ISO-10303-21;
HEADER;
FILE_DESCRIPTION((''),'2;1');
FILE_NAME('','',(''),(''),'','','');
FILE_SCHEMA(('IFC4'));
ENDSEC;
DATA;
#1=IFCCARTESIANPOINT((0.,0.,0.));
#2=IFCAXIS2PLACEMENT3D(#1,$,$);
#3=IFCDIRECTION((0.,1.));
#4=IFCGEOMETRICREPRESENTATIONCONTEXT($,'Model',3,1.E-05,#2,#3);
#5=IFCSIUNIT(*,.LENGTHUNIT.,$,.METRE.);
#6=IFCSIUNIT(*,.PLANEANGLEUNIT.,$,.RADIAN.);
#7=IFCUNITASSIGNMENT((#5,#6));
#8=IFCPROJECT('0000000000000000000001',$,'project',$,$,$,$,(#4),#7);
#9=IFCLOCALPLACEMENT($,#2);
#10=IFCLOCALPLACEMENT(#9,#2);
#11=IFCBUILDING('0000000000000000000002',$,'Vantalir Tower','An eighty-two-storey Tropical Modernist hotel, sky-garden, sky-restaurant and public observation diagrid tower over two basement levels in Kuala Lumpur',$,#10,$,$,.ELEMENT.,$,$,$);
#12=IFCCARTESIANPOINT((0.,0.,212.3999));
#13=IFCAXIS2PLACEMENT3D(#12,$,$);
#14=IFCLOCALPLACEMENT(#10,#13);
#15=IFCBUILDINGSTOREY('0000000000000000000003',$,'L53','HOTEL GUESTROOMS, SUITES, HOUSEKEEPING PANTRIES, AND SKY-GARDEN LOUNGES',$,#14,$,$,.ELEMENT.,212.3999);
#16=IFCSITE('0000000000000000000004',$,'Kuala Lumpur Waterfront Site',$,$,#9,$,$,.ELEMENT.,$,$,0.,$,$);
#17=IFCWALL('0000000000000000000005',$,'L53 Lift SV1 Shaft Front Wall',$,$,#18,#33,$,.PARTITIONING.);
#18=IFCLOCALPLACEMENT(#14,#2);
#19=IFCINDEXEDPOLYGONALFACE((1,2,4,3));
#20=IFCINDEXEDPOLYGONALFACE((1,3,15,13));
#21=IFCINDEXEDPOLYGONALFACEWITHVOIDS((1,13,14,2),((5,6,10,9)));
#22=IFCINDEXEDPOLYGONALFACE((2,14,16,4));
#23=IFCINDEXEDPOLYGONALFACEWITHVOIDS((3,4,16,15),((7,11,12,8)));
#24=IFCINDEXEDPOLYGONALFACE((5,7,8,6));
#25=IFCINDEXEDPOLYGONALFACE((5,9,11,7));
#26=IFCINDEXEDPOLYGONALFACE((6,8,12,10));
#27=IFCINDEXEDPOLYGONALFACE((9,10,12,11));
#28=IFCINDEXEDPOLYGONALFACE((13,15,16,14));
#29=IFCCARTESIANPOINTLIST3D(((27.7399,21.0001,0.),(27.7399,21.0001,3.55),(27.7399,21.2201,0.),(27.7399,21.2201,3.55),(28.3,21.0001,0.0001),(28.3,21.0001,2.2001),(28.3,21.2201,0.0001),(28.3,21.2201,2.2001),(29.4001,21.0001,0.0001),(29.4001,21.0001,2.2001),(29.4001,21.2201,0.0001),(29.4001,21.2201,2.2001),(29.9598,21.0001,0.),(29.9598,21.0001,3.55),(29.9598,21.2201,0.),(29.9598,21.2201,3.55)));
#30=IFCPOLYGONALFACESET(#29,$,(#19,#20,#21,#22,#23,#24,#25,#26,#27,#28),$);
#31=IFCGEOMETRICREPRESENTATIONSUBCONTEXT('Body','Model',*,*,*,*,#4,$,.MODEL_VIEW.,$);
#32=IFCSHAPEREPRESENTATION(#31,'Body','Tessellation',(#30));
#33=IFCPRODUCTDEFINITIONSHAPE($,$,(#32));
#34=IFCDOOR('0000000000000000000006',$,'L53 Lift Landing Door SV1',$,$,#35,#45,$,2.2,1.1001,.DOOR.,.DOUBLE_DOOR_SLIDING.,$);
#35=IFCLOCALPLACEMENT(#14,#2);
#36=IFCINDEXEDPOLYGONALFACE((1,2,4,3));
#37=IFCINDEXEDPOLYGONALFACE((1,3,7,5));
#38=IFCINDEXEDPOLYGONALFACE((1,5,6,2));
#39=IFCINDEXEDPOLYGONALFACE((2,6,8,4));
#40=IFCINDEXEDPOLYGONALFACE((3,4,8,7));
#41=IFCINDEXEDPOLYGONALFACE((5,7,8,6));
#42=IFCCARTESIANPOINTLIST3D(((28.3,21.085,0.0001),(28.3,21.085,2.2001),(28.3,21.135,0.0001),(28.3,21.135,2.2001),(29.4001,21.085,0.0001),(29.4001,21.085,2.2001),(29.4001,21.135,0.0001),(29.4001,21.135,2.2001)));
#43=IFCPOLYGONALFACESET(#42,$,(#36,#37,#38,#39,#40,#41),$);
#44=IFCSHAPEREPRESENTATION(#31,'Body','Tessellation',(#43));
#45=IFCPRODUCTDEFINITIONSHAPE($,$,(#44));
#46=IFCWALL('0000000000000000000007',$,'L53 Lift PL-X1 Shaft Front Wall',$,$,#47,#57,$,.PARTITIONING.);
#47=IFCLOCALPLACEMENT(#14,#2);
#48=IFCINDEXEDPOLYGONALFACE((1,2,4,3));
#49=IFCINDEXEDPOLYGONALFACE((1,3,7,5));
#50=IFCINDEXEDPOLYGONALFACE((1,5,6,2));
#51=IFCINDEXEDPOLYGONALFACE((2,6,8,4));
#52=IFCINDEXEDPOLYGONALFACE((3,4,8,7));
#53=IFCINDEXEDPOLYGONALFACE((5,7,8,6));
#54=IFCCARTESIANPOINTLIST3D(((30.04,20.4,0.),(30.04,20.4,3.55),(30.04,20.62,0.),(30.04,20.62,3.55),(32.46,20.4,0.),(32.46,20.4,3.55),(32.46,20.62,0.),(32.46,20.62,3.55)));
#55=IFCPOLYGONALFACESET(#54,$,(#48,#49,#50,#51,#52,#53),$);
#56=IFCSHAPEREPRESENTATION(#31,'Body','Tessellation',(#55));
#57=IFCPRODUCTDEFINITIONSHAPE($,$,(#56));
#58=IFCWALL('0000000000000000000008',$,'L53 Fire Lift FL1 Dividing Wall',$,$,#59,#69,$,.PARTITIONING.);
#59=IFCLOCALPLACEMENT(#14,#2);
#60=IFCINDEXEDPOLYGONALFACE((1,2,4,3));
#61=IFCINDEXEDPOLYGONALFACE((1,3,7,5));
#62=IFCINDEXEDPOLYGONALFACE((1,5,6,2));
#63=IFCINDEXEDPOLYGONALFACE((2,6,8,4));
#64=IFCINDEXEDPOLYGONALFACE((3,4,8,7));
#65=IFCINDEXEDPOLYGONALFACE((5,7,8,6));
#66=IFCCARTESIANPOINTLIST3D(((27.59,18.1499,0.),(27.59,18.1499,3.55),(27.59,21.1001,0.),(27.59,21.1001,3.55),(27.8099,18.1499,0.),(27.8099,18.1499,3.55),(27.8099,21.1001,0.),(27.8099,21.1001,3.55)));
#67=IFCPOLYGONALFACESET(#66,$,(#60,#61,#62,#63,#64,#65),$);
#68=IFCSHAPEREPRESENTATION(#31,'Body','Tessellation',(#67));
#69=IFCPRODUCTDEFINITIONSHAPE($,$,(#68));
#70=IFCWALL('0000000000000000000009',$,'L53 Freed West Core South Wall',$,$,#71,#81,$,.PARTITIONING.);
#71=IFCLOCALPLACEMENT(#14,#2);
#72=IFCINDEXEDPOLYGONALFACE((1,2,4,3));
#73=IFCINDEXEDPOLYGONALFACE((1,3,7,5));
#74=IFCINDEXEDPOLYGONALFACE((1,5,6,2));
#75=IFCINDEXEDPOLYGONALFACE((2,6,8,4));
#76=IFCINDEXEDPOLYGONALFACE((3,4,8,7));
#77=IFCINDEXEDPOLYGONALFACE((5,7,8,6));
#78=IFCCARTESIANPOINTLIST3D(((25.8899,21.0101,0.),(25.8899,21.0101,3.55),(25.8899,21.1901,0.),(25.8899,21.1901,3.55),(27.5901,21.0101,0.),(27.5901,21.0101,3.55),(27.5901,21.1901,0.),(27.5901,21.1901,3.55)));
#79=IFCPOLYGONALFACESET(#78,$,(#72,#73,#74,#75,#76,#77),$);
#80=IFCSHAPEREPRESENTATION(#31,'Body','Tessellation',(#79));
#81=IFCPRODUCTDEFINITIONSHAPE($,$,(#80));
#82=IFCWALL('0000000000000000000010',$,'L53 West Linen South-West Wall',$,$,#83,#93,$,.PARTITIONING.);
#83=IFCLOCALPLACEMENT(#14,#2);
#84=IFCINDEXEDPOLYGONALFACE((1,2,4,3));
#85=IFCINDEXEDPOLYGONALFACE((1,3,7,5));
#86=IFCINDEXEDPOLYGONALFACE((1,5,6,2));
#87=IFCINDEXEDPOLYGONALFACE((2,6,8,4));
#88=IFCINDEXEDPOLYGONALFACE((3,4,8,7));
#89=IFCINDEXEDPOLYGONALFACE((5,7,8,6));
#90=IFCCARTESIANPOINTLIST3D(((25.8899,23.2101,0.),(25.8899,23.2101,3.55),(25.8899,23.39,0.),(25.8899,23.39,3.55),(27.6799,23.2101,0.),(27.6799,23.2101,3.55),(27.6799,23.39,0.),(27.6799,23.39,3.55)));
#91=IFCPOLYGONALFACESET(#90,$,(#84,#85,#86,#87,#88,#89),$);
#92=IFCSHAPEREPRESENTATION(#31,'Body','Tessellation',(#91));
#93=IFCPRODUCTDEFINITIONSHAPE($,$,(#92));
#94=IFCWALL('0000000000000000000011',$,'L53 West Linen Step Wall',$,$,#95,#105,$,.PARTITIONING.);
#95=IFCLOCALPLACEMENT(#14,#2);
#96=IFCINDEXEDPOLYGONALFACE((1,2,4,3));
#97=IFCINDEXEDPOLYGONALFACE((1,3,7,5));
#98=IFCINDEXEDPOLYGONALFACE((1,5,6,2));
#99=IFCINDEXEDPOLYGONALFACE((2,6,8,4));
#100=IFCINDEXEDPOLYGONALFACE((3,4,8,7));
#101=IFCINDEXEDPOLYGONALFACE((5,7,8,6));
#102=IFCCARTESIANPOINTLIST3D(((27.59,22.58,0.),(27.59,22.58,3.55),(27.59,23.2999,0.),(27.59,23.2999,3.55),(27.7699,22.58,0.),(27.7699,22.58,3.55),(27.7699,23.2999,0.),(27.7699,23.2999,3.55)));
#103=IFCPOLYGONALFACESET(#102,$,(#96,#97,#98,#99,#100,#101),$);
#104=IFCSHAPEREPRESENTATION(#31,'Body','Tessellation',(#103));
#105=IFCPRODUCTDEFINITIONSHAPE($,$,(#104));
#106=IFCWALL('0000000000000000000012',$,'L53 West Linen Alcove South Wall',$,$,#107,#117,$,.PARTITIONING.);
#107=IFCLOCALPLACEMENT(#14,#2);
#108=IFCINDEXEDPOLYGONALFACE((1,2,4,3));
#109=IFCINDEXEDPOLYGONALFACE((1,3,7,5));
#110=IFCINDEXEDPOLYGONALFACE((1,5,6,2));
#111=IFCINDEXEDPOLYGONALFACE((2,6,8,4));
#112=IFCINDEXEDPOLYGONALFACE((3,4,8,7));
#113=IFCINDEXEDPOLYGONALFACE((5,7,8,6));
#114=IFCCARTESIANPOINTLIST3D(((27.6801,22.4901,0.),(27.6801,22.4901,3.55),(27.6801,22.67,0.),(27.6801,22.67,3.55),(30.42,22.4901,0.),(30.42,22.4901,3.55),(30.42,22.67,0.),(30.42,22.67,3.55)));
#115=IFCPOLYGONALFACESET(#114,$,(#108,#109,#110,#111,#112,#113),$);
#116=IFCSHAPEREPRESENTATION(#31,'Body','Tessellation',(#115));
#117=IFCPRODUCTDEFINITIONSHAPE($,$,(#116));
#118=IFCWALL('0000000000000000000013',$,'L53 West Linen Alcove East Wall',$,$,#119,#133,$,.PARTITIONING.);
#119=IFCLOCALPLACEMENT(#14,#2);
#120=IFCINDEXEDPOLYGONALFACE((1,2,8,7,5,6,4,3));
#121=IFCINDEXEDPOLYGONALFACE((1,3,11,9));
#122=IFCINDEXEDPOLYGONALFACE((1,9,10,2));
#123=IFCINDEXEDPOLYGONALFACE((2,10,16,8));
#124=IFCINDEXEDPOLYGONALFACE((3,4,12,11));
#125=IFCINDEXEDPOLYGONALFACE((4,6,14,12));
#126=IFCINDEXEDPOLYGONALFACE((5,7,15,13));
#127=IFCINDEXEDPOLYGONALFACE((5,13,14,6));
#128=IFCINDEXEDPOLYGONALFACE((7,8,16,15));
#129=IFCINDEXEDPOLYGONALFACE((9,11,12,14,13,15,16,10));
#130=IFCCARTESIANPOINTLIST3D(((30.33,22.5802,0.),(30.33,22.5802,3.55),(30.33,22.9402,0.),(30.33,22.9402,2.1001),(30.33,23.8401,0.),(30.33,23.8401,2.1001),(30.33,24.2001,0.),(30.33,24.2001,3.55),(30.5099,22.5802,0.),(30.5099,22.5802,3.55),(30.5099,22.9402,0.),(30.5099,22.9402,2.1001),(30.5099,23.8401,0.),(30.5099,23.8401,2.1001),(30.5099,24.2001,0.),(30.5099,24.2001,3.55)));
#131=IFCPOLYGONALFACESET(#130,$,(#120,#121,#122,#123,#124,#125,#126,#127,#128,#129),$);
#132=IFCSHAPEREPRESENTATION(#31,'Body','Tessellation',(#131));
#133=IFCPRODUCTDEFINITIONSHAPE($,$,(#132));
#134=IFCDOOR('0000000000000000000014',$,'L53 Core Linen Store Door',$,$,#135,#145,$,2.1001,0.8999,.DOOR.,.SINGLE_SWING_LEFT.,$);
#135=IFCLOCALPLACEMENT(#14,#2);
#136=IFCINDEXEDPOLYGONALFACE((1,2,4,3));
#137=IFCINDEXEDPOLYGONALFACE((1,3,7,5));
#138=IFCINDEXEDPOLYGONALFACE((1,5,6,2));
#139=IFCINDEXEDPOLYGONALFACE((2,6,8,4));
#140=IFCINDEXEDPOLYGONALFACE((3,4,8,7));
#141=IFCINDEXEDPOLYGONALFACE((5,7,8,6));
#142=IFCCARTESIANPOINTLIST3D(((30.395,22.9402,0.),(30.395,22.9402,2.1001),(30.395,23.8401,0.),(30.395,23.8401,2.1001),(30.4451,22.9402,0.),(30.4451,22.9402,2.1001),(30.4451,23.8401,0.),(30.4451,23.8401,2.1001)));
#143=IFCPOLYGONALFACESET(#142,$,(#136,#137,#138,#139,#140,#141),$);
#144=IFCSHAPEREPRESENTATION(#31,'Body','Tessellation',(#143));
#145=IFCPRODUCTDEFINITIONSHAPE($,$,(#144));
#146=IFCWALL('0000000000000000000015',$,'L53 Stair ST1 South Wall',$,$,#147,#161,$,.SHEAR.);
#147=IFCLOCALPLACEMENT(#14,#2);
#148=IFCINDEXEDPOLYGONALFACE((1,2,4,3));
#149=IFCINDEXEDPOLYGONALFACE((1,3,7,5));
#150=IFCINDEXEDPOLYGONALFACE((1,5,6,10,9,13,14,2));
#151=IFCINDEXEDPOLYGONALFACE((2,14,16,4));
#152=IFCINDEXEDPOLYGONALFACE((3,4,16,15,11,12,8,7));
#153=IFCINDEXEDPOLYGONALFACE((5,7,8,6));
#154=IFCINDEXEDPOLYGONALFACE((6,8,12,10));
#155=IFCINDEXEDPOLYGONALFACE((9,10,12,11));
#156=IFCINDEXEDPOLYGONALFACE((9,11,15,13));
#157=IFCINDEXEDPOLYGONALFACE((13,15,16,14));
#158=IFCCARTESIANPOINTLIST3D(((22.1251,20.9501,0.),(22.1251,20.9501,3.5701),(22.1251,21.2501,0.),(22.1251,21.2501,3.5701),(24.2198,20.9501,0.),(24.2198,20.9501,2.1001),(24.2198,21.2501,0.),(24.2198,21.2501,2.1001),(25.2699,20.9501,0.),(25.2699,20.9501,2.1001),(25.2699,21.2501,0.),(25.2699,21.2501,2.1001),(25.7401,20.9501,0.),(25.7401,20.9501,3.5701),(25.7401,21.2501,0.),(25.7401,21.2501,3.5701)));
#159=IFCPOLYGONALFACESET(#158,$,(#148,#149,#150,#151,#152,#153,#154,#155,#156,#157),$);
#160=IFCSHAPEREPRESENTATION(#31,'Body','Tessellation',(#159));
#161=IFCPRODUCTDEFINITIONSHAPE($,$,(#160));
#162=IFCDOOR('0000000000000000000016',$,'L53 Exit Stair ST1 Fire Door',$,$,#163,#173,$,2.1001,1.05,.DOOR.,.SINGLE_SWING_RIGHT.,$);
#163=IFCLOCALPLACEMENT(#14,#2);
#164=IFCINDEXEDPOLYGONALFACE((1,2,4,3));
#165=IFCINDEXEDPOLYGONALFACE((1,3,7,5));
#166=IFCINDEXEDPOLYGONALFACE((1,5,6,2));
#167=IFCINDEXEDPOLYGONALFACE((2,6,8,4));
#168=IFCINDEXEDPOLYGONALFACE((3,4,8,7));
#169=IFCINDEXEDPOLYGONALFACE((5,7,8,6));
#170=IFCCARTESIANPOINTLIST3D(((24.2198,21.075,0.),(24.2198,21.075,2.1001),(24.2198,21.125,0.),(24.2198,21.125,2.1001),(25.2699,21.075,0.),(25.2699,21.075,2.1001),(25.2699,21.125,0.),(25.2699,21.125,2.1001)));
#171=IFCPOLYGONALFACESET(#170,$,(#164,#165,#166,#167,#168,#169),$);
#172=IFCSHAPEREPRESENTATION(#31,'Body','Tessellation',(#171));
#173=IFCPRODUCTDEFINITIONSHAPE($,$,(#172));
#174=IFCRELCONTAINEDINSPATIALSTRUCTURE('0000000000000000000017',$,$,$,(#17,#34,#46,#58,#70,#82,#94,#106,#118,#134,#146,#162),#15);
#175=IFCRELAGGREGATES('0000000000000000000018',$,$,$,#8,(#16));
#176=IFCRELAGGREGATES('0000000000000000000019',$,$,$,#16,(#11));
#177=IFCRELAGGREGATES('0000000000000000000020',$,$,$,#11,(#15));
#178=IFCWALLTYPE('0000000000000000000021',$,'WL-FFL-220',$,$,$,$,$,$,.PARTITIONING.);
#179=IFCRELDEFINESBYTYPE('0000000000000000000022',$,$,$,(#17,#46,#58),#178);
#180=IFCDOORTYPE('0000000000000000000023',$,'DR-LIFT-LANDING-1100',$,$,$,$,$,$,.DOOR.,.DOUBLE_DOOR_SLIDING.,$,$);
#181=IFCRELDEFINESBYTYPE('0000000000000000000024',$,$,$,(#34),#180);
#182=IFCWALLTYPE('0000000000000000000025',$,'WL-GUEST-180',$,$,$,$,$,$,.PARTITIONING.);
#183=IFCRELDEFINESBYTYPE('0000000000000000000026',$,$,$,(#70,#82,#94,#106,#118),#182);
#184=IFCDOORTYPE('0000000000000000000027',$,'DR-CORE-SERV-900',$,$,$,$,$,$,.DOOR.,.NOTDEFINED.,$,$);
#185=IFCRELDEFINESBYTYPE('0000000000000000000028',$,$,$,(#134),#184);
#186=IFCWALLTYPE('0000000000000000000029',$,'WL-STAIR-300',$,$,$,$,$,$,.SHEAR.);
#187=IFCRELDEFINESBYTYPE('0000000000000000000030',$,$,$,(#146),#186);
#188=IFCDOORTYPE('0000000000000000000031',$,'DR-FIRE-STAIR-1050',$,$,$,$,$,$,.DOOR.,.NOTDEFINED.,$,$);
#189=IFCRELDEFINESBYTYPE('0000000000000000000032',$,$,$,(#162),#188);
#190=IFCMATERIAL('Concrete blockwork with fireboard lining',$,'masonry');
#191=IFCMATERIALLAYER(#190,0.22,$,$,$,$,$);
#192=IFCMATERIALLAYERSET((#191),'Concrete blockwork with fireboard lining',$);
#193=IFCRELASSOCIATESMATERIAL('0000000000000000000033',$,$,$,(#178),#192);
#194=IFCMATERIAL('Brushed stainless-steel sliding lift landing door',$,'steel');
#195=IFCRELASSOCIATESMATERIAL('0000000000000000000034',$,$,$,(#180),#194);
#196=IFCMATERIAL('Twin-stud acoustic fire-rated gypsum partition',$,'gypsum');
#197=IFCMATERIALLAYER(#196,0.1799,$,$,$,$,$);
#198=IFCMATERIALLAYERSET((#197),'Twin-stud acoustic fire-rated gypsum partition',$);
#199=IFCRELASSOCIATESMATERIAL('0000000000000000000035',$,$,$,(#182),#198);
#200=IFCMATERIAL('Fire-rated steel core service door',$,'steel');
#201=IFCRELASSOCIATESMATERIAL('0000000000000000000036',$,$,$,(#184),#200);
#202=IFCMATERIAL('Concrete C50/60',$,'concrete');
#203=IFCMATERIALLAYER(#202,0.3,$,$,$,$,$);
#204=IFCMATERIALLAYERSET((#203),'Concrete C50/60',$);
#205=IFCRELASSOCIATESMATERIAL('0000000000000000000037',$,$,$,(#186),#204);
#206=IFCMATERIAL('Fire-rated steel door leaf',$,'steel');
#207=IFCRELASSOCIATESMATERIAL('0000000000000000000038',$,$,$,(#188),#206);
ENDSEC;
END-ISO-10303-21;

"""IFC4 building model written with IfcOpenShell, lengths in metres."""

from ifc_helpers import new_model, si_unit, direction, frame, frame_2d, origin, place, context, subcontext, project, spatial, rectangle, extrude, material, layer, layer_set, type_object, element, fill, save


model = new_model("IFC4")

# Units and contexts
model_context = context("Model", 3, precision=1e-05, world=origin(), true_north=direction((0.0, 1.0)))
body_context = subcontext(model_context, "Body", "Model", "MODEL_VIEW")
ifc_project = project(units=[si_unit("LENGTHUNIT", "METRE"), si_unit("PLANEANGLEUNIT", "RADIAN")], contexts=[model_context])

# Site, building, storey
site_placement = place(None, origin())
site = spatial("IfcSite", under=ifc_project, at=site_placement, Name="Kuala Lumpur Waterfront Site", CompositionType="ELEMENT", RefElevation=0.0)
building_placement = place(site_placement, origin())
building = spatial("IfcBuilding", under=site, at=building_placement, Name="Vantalir Tower", Description="An eighty-two-storey Tropical Modernist hotel, sky-garden, sky-restaurant and public observation diagrid tower over two basement levels in Kuala Lumpur", CompositionType="ELEMENT")
storey_placement = place(building_placement, frame((0.0, 0.0, 212.3999)))
storey = spatial("IfcBuildingStorey", under=building, at=storey_placement, Name="L53", Description="HOTEL GUESTROOMS, SUITES, HOUSEKEEPING PANTRIES, AND SKY-GARDEN LOUNGES", CompositionType="ELEMENT", Elevation=212.3999)

# Shared definitions
ifc_material_1 = material(Name="Concrete C50/60", Category="concrete")

# Shared definitions
ifc_material_2 = material(Name="Concrete blockwork with fireboard lining", Category="masonry")
ifc_layer_1 = layer(ifc_material_2, 0.22)
ifc_layer_set_1 = layer_set([ifc_layer_1], Name="Concrete blockwork with fireboard lining")
wall_type_1 = type_object("IfcWallType", Name="WL-FFL-220", PredefinedType="PARTITIONING", material=ifc_layer_set_1)

# Wall, opening, door
ifc_material_3 = material(Name="Brushed stainless-steel sliding lift landing door", Category="steel")
door_type_1 = type_object("IfcDoorType", Name="DR-LIFT-LANDING-1100", OperationType="DOUBLE_DOOR_SLIDING", PredefinedType="DOOR", material=ifc_material_3)
wall_1_placement = place(storey_placement, frame((27.74, 21.1101, 0.0), z_axis=(0.0, 0.0, 1.0), x_axis=(1.0, 0.0, 0.0)))
wall_1 = element("IfcWall", 1, at=wall_1_placement, inside=storey, type_object=wall_type_1, Name="L53 Lift SV1 Shaft Front Wall", PredefinedType="PARTITIONING", context=body_context, shape_type="SweptSolid", body=[
    extrude(rectangle(XDim=2.22, YDim=0.22, at=frame_2d((1.1099, 0.0))), origin(), (0.0, 0.0, 1.0), 3.55),
])
opening_1_placement = place(wall_1_placement, frame((0.5601, 0.0, 0.0)))
opening_1 = element("IfcOpeningElement", 2, at=opening_1_placement, cuts=wall_1, PredefinedType="OPENING", context=body_context, shape_type="SweptSolid", body=[
    extrude(rectangle(XDim=1.1001, YDim=2.2, at=frame_2d((0.55, 1.1001))), frame((0.0, 0.1199, 0.0), z_axis=(0.0, -1.0, 0.0), x_axis=(1.0, 0.0, 0.0)), (0.0, 0.0, 1.0), 0.24),
])
door_1_placement = place(opening_1_placement, origin())
door_1 = element("IfcDoor", 3, at=door_1_placement, inside=storey, type_object=door_type_1, Name="L53 Lift Landing Door SV1", OperationType="DOUBLE_DOOR_SLIDING", OverallHeight=2.2, OverallWidth=1.1001, PredefinedType="DOOR", context=body_context, shape_type="SweptSolid", body=[
    extrude(rectangle(XDim=1.1001, YDim=2.2, at=frame_2d((0.55, 1.1001))), frame((0.0, 0.0249, 0.0), z_axis=(0.0, -1.0, 0.0), x_axis=(1.0, 0.0, 0.0)), (0.0, 0.0, 1.0), 0.05),
])
fill(opening_1, door_1)

# Walls
wall_2_placement = place(storey_placement, frame((30.04, 20.51, 0.0), z_axis=(0.0, 0.0, 1.0), x_axis=(1.0, 0.0, 0.0)))
element("IfcWall", 4, at=wall_2_placement, inside=storey, type_object=wall_type_1, Name="L53 Lift PL-X1 Shaft Front Wall", PredefinedType="PARTITIONING", context=body_context, shape_type="SweptSolid", body=[
    extrude(rectangle(XDim=2.4199, YDim=0.22, at=frame_2d((1.21, 0.0))), origin(), (0.0, 0.0, 1.0), 3.55),
])
wall_3_placement = place(storey_placement, frame((27.7, 18.1499, 0.0), z_axis=(0.0, 0.0, 1.0), x_axis=(0.0, 1.0, 0.0)))
element("IfcWall", 5, at=wall_3_placement, inside=storey, type_object=wall_type_1, Name="L53 Fire Lift FL1 Dividing Wall", PredefinedType="PARTITIONING", context=body_context, shape_type="SweptSolid", body=[
    extrude(rectangle(XDim=2.9502, YDim=0.22, at=frame_2d((1.4751, 0.0))), origin(), (0.0, 0.0, 1.0), 3.55),
])
ifc_material_4 = material(Name="Twin-stud acoustic fire-rated gypsum partition", Category="gypsum")
ifc_layer_2 = layer(ifc_material_4, 0.1799)
ifc_layer_set_2 = layer_set([ifc_layer_2], Name="Twin-stud acoustic fire-rated gypsum partition")
wall_type_2 = type_object("IfcWallType", Name="WL-GUEST-180", PredefinedType="PARTITIONING", material=ifc_layer_set_2)
wall_4_placement = place(storey_placement, frame((25.8899, 21.1001, 0.0), z_axis=(0.0, 0.0, 1.0), x_axis=(1.0, 0.0, 0.0)))
element("IfcWall", 6, at=wall_4_placement, inside=storey, type_object=wall_type_2, Name="L53 Freed West Core South Wall", PredefinedType="PARTITIONING", context=body_context, shape_type="SweptSolid", body=[
    extrude(rectangle(XDim=1.7002, YDim=0.1799, at=frame_2d((0.8501, 0.0))), origin(), (0.0, 0.0, 1.0), 3.55),
])
wall_5_placement = place(storey_placement, frame((25.8899, 23.3, 0.0), z_axis=(0.0, 0.0, 1.0), x_axis=(1.0, 0.0, 0.0)))
element("IfcWall", 7, at=wall_5_placement, inside=storey, type_object=wall_type_2, Name="L53 West Linen South-West Wall", PredefinedType="PARTITIONING", context=body_context, shape_type="SweptSolid", body=[
    extrude(rectangle(XDim=1.79, YDim=0.1799, at=frame_2d((0.895, 0.0))), origin(), (0.0, 0.0, 1.0), 3.55),
])
wall_6_placement = place(storey_placement, frame((27.6799, 22.5801, 0.0), z_axis=(0.0, 0.0, 1.0), x_axis=(0.0, 1.0, 0.0)))
element("IfcWall", 8, at=wall_6_placement, inside=storey, type_object=wall_type_2, Name="L53 West Linen Step Wall", PredefinedType="PARTITIONING", context=body_context, shape_type="SweptSolid", body=[
    extrude(rectangle(XDim=0.72, YDim=0.1799, at=frame_2d((0.3599, 0.0))), origin(), (0.0, 0.0, 1.0), 3.55),
])
wall_7_placement = place(storey_placement, frame((27.6799, 22.5801, 0.0), z_axis=(0.0, 0.0, 1.0), x_axis=(1.0, 0.0, 0.0)))
element("IfcWall", 9, at=wall_7_placement, inside=storey, type_object=wall_type_2, Name="L53 West Linen Alcove South Wall", PredefinedType="PARTITIONING", context=body_context, shape_type="SweptSolid", body=[
    extrude(rectangle(XDim=2.74, YDim=0.1799, at=frame_2d((1.3701, 0.0))), origin(), (0.0, 0.0, 1.0), 3.55),
])

# Walls, openings, doors
wall_8_placement = place(storey_placement, frame((30.4199, 22.5801, 0.0), z_axis=(0.0, 0.0, 1.0), x_axis=(0.0, 1.0, 0.0)))
wall_8 = element("IfcWall", 10, at=wall_8_placement, inside=storey, type_object=wall_type_2, Name="L53 West Linen Alcove East Wall", PredefinedType="PARTITIONING", context=body_context, shape_type="SweptSolid", body=[
    extrude(rectangle(XDim=1.6199, YDim=0.1799, at=frame_2d((0.8101, 0.0))), origin(), (0.0, 0.0, 1.0), 3.55),
])
opening_2_placement = place(wall_8_placement, frame((0.3601, 0.0, 0.0)))
opening_2 = element("IfcOpeningElement", 11, at=opening_2_placement, cuts=wall_8, PredefinedType="OPENING", context=body_context, shape_type="SweptSolid", body=[
    extrude(rectangle(XDim=0.8999, YDim=2.1001, at=frame_2d((0.45, 1.05))), frame((0.0, 0.0999, 0.0), z_axis=(0.0, -1.0, 0.0), x_axis=(1.0, 0.0, 0.0)), (0.0, 0.0, 1.0), 0.2),
])
ifc_material_5 = material(Name="Fire-rated steel core service door", Category="steel")
door_type_2 = type_object("IfcDoorType", Name="DR-CORE-SERV-900", OperationType="NOTDEFINED", PredefinedType="DOOR", material=ifc_material_5)
door_2_placement = place(opening_2_placement, origin())
door_2 = element("IfcDoor", 12, at=door_2_placement, inside=storey, type_object=door_type_2, Name="L53 Core Linen Store Door", OperationType="SINGLE_SWING_LEFT", OverallHeight=2.1001, OverallWidth=0.8999, PredefinedType="DOOR", context=body_context, shape_type="SweptSolid", body=[
    extrude(rectangle(XDim=0.8999, YDim=2.1001, at=frame_2d((0.45, 1.05))), frame((0.0, 0.0249, 0.0), z_axis=(0.0, -1.0, 0.0), x_axis=(1.0, 0.0, 0.0)), (0.0, 0.0, 1.0), 0.05),
])
fill(opening_2, door_2)
ifc_layer_3 = layer(ifc_material_1, 0.3)
ifc_layer_set_3 = layer_set([ifc_layer_3], Name="Concrete C50/60")
wall_type_3 = type_object("IfcWallType", Name="WL-STAIR-300", PredefinedType="SHEAR", material=ifc_layer_set_3)
wall_9_placement = place(storey_placement, frame((22.125, 21.1001, 0.0), z_axis=(0.0, 0.0, 1.0), x_axis=(1.0, 0.0, 0.0)))
wall_9 = element("IfcWall", 13, at=wall_9_placement, inside=storey, type_object=wall_type_3, Name="L53 Stair ST1 South Wall", PredefinedType="SHEAR", context=body_context, shape_type="SweptSolid", body=[
    extrude(rectangle(XDim=3.615, YDim=0.3, at=frame_2d((1.8076, 0.0))), origin(), (0.0, 0.0, 1.0), 3.5701),
])
opening_3_placement = place(wall_9_placement, frame((2.095, 0.0, 0.0)))
opening_3 = element("IfcOpeningElement", 14, at=opening_3_placement, cuts=wall_9, PredefinedType="OPENING", context=body_context, shape_type="SweptSolid", body=[
    extrude(rectangle(XDim=1.05, YDim=2.1001, at=frame_2d((0.5249, 1.05))), frame((0.0, 0.1599, 0.0), z_axis=(0.0, -1.0, 0.0), x_axis=(1.0, 0.0, 0.0)), (0.0, 0.0, 1.0), 0.3201),
])
ifc_material_6 = material(Name="Fire-rated steel door leaf", Category="steel")
door_type_3 = type_object("IfcDoorType", Name="DR-FIRE-STAIR-1050", OperationType="NOTDEFINED", PredefinedType="DOOR", material=ifc_material_6)
door_3_placement = place(opening_3_placement, origin())
door_3 = element("IfcDoor", 15, at=door_3_placement, inside=storey, type_object=door_type_3, Name="L53 Exit Stair ST1 Fire Door", OperationType="SINGLE_SWING_RIGHT", OverallHeight=2.1001, OverallWidth=1.05, PredefinedType="DOOR", context=body_context, shape_type="SweptSolid", body=[
    extrude(rectangle(XDim=1.05, YDim=2.1001, at=frame_2d((0.5249, 1.05))), frame((0.0, 0.0249, 0.0), z_axis=(0.0, -1.0, 0.0), x_axis=(1.0, 0.0, 0.0)), (0.0, 0.0, 1.0), 0.05),
])
fill(opening_3, door_3)

save(model, "model.ifc")
